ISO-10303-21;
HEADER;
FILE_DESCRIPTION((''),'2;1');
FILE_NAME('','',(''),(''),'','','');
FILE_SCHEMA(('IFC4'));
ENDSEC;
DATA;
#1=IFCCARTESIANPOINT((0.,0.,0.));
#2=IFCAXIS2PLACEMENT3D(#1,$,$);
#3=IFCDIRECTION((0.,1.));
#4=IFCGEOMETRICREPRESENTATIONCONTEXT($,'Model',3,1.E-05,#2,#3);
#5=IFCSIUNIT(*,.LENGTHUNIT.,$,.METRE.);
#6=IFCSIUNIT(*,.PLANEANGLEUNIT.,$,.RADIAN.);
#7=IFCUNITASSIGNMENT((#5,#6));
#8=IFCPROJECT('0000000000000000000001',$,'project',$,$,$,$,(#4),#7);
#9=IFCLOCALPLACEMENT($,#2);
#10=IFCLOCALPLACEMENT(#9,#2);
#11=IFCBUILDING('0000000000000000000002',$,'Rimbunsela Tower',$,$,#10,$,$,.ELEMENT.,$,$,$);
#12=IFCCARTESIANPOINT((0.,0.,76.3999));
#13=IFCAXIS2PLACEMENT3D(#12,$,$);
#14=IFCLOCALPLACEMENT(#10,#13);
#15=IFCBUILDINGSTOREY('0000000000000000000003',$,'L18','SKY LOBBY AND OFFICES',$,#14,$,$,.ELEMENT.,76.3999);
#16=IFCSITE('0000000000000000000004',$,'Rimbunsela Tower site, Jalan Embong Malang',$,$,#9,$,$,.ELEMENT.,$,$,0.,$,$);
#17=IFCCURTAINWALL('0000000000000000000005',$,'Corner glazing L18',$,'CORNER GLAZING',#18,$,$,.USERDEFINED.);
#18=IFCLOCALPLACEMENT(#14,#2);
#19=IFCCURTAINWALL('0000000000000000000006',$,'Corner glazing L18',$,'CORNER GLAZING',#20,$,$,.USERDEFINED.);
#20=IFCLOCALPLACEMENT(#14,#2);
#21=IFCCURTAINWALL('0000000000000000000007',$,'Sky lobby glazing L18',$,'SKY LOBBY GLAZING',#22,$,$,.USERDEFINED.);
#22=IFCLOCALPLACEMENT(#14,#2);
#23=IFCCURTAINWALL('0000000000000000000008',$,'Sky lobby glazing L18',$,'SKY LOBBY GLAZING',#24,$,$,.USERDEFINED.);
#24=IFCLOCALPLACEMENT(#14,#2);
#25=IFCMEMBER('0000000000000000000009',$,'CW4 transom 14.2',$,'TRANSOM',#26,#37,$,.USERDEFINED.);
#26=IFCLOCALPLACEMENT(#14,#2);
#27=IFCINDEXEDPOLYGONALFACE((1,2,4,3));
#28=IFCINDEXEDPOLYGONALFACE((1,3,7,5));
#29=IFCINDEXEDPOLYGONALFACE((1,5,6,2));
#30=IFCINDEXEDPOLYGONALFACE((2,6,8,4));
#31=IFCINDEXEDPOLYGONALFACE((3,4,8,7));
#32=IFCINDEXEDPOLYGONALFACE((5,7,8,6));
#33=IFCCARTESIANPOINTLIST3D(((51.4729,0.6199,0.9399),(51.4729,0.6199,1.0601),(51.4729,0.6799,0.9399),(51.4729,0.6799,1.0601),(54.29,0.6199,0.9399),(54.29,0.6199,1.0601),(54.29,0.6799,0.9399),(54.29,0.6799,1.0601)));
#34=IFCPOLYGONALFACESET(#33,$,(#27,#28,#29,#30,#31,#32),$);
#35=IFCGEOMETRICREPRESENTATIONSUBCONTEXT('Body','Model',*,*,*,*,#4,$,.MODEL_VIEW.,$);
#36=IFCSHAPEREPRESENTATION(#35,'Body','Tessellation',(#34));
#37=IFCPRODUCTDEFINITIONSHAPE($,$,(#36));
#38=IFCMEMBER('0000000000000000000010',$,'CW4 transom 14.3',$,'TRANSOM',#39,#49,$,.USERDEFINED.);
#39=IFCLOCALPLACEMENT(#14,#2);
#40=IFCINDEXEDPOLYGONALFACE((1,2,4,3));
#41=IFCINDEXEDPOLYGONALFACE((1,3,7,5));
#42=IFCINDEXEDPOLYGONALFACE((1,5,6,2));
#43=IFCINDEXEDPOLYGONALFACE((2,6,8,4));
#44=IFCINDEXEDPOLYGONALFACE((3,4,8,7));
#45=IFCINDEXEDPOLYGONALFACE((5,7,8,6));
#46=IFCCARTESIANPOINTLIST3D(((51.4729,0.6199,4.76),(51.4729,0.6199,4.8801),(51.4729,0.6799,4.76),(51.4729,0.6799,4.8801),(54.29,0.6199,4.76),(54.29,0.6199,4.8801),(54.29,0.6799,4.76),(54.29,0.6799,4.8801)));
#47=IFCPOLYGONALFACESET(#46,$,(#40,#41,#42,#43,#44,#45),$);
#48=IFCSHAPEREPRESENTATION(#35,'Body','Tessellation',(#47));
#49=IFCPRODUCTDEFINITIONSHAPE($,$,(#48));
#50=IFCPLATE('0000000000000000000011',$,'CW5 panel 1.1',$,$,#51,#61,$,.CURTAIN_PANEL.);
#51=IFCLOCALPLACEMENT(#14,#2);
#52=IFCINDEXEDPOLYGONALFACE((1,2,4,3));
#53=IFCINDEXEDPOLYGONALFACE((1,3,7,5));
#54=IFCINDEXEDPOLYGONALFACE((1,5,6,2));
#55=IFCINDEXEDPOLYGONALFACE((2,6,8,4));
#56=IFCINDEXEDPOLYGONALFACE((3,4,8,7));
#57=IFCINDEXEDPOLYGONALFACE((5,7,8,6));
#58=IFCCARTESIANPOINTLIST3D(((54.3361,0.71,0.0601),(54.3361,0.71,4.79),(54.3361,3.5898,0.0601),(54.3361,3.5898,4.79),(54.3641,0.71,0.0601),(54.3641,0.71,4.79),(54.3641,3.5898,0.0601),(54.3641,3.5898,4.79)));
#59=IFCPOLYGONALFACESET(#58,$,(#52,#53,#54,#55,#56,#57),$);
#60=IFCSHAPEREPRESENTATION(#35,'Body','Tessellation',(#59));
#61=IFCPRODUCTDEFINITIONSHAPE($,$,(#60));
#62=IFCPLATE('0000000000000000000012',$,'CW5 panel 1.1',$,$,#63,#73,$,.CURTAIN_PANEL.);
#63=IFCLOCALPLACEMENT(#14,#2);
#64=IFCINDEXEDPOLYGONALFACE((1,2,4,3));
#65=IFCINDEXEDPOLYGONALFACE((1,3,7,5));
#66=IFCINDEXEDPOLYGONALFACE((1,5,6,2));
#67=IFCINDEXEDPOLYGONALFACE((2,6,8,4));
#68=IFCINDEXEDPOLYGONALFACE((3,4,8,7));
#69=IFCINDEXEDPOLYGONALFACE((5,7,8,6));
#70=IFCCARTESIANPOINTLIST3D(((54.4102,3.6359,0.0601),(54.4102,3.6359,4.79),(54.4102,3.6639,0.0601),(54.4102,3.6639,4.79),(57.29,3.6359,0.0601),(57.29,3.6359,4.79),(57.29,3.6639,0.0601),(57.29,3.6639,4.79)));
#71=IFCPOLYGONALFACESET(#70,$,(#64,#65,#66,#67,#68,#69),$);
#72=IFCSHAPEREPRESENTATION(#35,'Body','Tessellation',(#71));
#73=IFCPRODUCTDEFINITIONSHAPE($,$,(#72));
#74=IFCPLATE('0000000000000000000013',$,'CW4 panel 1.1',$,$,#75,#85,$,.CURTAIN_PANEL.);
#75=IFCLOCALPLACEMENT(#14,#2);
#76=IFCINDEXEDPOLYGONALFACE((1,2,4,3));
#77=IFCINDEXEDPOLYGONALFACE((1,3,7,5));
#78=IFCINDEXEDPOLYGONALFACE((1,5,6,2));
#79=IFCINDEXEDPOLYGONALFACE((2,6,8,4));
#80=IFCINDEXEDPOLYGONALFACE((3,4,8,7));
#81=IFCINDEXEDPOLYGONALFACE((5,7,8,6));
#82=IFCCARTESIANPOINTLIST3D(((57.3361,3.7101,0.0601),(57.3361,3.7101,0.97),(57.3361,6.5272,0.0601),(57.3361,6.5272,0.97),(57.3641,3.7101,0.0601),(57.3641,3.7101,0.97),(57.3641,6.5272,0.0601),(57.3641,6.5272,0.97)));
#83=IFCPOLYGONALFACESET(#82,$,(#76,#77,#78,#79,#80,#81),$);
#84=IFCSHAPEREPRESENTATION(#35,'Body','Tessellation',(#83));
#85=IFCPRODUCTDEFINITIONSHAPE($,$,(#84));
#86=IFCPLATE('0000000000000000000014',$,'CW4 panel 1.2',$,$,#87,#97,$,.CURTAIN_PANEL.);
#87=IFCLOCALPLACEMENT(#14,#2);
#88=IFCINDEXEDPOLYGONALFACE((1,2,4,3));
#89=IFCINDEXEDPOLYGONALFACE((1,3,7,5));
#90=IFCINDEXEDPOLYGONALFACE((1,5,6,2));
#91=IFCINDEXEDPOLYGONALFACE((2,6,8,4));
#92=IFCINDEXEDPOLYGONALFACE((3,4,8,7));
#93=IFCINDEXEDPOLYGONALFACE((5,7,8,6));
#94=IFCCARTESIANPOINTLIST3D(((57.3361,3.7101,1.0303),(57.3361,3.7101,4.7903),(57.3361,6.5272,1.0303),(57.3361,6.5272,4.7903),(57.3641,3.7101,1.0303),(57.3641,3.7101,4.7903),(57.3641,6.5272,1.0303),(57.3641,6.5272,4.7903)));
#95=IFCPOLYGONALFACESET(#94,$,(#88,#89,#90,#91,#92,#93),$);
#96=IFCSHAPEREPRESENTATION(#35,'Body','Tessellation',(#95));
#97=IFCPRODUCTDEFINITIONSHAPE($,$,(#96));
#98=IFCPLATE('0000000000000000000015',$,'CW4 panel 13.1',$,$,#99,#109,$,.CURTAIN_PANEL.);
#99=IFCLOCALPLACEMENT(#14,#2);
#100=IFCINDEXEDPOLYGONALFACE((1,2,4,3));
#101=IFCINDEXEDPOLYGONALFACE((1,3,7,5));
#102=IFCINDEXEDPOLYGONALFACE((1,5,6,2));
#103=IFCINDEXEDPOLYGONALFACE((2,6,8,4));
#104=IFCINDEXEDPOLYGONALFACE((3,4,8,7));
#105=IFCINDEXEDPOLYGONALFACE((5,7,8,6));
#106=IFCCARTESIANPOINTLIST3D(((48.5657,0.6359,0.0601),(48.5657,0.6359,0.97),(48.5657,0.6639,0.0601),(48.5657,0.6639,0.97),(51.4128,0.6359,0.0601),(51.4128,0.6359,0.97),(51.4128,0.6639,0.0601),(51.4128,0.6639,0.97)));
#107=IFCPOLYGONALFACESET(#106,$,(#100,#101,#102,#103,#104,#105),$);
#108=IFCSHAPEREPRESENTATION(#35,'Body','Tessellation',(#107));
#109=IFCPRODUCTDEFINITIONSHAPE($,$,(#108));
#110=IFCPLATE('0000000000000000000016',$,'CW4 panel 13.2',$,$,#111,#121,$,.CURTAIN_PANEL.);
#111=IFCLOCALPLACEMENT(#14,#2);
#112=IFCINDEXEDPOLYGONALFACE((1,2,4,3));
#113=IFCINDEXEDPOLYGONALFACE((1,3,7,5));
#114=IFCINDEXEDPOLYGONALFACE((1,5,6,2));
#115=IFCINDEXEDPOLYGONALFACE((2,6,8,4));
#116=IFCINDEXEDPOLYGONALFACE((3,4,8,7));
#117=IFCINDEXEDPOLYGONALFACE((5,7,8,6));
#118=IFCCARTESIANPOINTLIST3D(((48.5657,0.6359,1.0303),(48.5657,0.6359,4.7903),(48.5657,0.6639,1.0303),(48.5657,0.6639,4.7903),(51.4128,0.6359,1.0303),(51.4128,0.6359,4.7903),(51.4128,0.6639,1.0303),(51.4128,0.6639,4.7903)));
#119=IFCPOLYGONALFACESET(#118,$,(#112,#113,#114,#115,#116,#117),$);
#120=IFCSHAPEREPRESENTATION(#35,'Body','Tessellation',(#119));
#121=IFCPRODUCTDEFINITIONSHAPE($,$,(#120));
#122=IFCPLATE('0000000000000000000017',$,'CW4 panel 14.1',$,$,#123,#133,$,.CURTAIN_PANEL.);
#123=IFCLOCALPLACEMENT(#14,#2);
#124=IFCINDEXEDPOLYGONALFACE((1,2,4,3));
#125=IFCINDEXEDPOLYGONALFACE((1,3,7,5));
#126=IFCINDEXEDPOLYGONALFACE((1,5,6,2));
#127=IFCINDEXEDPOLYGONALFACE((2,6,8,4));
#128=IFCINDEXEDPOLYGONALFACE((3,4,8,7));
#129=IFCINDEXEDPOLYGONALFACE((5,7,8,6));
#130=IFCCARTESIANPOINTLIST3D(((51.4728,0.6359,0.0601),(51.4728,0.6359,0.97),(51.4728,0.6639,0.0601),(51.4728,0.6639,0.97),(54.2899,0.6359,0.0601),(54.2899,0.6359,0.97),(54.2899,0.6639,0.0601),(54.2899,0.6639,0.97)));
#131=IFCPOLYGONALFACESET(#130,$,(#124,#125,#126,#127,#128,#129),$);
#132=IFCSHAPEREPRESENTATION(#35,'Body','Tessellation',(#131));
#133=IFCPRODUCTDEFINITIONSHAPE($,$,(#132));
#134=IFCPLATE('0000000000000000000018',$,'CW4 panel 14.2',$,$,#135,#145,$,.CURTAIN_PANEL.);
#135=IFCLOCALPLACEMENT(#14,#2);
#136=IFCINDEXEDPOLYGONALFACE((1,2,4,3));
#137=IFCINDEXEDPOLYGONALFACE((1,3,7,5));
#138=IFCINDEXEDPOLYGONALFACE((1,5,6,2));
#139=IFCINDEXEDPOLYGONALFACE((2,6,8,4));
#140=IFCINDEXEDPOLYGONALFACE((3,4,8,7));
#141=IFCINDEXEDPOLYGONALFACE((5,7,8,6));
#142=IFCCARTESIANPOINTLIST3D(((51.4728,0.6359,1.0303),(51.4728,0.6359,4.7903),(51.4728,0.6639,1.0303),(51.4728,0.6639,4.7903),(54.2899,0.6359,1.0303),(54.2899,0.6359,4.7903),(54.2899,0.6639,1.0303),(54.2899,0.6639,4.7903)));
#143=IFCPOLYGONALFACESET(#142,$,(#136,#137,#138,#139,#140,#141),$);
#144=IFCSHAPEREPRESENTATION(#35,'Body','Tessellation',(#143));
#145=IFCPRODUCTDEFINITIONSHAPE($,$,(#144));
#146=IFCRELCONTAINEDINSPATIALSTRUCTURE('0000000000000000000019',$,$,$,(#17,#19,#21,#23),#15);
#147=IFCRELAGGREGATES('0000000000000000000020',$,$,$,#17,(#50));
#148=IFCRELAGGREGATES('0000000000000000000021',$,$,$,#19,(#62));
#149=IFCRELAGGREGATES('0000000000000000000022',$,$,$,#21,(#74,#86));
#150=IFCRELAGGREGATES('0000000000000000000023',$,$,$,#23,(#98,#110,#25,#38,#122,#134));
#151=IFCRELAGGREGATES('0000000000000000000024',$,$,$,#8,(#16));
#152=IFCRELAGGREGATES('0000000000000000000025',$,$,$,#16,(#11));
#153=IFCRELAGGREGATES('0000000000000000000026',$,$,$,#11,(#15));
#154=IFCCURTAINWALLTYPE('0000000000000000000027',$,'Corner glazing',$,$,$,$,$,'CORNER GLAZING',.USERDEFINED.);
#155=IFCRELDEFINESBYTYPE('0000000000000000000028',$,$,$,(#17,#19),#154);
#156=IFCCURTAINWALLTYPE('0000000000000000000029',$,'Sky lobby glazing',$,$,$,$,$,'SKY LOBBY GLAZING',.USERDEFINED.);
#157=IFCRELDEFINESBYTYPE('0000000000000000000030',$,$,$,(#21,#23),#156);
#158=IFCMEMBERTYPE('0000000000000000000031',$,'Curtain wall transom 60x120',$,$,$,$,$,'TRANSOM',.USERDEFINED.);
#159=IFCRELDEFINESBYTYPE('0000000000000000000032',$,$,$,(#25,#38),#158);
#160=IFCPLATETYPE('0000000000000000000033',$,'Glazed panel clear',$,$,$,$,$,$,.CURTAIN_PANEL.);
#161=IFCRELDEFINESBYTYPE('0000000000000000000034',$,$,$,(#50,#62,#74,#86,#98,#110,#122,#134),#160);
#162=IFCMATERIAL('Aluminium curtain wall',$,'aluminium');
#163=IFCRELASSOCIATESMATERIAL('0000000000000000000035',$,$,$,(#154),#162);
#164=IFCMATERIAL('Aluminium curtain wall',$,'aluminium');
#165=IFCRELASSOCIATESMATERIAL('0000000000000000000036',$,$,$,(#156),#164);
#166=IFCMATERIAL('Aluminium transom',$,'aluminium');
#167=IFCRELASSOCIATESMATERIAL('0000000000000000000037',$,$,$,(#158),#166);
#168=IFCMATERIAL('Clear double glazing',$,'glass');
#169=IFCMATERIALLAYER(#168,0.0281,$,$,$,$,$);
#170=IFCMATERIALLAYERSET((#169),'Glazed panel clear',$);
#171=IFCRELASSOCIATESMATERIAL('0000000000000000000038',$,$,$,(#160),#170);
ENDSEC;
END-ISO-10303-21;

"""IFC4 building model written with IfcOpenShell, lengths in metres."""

from ifc_helpers import new_model, si_unit, direction, frame, origin, origin_2d, place, context, subcontext, project, spatial, rectangle, extrude, material, layer, layer_set, material_profile, profile_set, type_object, element, aggregate, save


model = new_model("IFC4")

# Units and contexts
model_context = context("Model", 3, precision=1e-05, world=origin(), true_north=direction((0.0, 1.0)))
body_context = subcontext(model_context, "Body", "Model", "MODEL_VIEW")
ifc_project = project(units=[si_unit("LENGTHUNIT", "METRE"), si_unit("PLANEANGLEUNIT", "RADIAN")], contexts=[model_context])

# Site, building, storey
site_placement = place(None, origin())
site = spatial("IfcSite", under=ifc_project, at=site_placement, Name="Rimbunsela Tower site, Jalan Embong Malang", CompositionType="ELEMENT", RefElevation=0.0)
building_placement = place(site_placement, origin())
building = spatial("IfcBuilding", under=site, at=building_placement, Name="Rimbunsela Tower", CompositionType="ELEMENT")
storey_placement = place(building_placement, frame((0.0, 0.0, 76.3999)))
storey = spatial("IfcBuildingStorey", under=building, at=storey_placement, Name="L18", Description="SKY LOBBY AND OFFICES", CompositionType="ELEMENT", Elevation=76.3999)

# Curtain walls
ifc_material_1 = material(Name="Aluminium curtain wall", Category="aluminium")
curtain_wall_type_1 = type_object("IfcCurtainWallType", Name="Corner glazing", ElementType="CORNER GLAZING", PredefinedType="USERDEFINED", material=ifc_material_1)
curtain_wall_1_placement = place(storey_placement, origin())
curtain_wall_1 = element("IfcCurtainWall", 1, at=curtain_wall_1_placement, inside=storey, type_object=curtain_wall_type_1, Name="Corner glazing L18", ObjectType="CORNER GLAZING", PredefinedType="USERDEFINED")
curtain_wall_2_placement = place(storey_placement, origin())
curtain_wall_2 = element("IfcCurtainWall", 2, at=curtain_wall_2_placement, inside=storey, type_object=curtain_wall_type_1, Name="Corner glazing L18", ObjectType="CORNER GLAZING", PredefinedType="USERDEFINED")
ifc_material_2 = material(Name="Aluminium curtain wall", Category="aluminium")
curtain_wall_type_2 = type_object("IfcCurtainWallType", Name="Sky lobby glazing", ElementType="SKY LOBBY GLAZING", PredefinedType="USERDEFINED", material=ifc_material_2)
curtain_wall_3_placement = place(storey_placement, origin())
curtain_wall_3 = element("IfcCurtainWall", 3, at=curtain_wall_3_placement, inside=storey, type_object=curtain_wall_type_2, Name="Sky lobby glazing L18", ObjectType="SKY LOBBY GLAZING", PredefinedType="USERDEFINED")
curtain_wall_4_placement = place(storey_placement, origin())
curtain_wall_4 = element("IfcCurtainWall", 4, at=curtain_wall_4_placement, inside=storey, type_object=curtain_wall_type_2, Name="Sky lobby glazing L18", ObjectType="SKY LOBBY GLAZING", PredefinedType="USERDEFINED")

# Members
ifc_material_3 = material(Name="Aluminium transom", Category="aluminium")
ifc_material_profile_1 = material_profile(ifc_material_3, rectangle(XDim=0.0601, YDim=0.1201, at=origin_2d()), Name="Transom 60x120")
ifc_profile_set_1 = profile_set([ifc_material_profile_1], Name="Aluminium transom")
member_type_1 = type_object("IfcMemberType", Name="Curtain wall transom 60x120", ElementType="TRANSOM", PredefinedType="USERDEFINED", material=ifc_profile_set_1)
member_1_placement = place(storey_placement, frame((51.4729, 0.6499, 1.0), z_axis=(1.0, 0.0, 0.0), x_axis=(0.0, 1.0, 0.0)))
member_1 = element("IfcMember", 5, at=member_1_placement, type_object=member_type_1, Name="CW4 transom 14.2", ObjectType="TRANSOM", PredefinedType="USERDEFINED", context=body_context, shape_type="SweptSolid", body=[
    extrude(rectangle(XDim=0.0601, YDim=0.1201, at=origin_2d()), origin(), (0.0, 0.0, 1.0), 2.8171),
])
member_2_placement = place(storey_placement, frame((51.4729, 0.6499, 4.8201), z_axis=(1.0, 0.0, 0.0), x_axis=(0.0, 1.0, 0.0)))
member_2 = element("IfcMember", 6, at=member_2_placement, type_object=member_type_1, Name="CW4 transom 14.3", ObjectType="TRANSOM", PredefinedType="USERDEFINED", context=body_context, shape_type="SweptSolid", body=[
    extrude(rectangle(XDim=0.0601, YDim=0.1201, at=origin_2d()), origin(), (0.0, 0.0, 1.0), 2.8171),
])

# Plates
ifc_material_4 = material(Name="Clear double glazing", Category="glass")
ifc_layer = layer(ifc_material_4, 0.0281)
ifc_layer_set = layer_set([ifc_layer], Name="Glazed panel clear")
plate_type = type_object("IfcPlateType", Name="Glazed panel clear", PredefinedType="CURTAIN_PANEL", material=ifc_layer_set)
plate_1_placement = place(storey_placement, frame((54.3501, 2.1499, 0.0601), z_axis=(0.0, 0.0, 1.0), x_axis=(0.0, 1.0, 0.0)))
plate_1 = element("IfcPlate", 7, at=plate_1_placement, type_object=plate_type, Name="CW5 panel 1.1", PredefinedType="CURTAIN_PANEL", context=body_context, shape_type="SweptSolid", body=[
    extrude(rectangle(XDim=2.8799, YDim=0.0281, at=origin_2d()), origin(), (0.0, 0.0, 1.0), 4.73),
])
aggregate(curtain_wall_1, [plate_1])
plate_2_placement = place(storey_placement, frame((55.8501, 3.6499, 0.0601), z_axis=(0.0, 0.0, 1.0), x_axis=(1.0, 0.0, 0.0)))
plate_2 = element("IfcPlate", 8, at=plate_2_placement, type_object=plate_type, Name="CW5 panel 1.1", PredefinedType="CURTAIN_PANEL", context=body_context, shape_type="SweptSolid", body=[
    extrude(rectangle(XDim=2.8799, YDim=0.0281, at=origin_2d()), origin(), (0.0, 0.0, 1.0), 4.73),
])
aggregate(curtain_wall_2, [plate_2])
plate_3_placement = place(storey_placement, frame((57.3501, 5.1187, 0.0601), z_axis=(0.0, 0.0, 1.0), x_axis=(0.0, 1.0, 0.0)))
plate_3 = element("IfcPlate", 9, at=plate_3_placement, type_object=plate_type, Name="CW4 panel 1.1", PredefinedType="CURTAIN_PANEL", context=body_context, shape_type="SweptSolid", body=[
    extrude(rectangle(XDim=2.8171, YDim=0.0281, at=origin_2d()), origin(), (0.0, 0.0, 1.0), 0.9099),
])
plate_4_placement = place(storey_placement, frame((57.3501, 5.1187, 1.0303), z_axis=(0.0, 0.0, 1.0), x_axis=(0.0, 1.0, 0.0)))
plate_4 = element("IfcPlate", 10, at=plate_4_placement, type_object=plate_type, Name="CW4 panel 1.2", PredefinedType="CURTAIN_PANEL", context=body_context, shape_type="SweptSolid", body=[
    extrude(rectangle(XDim=2.8171, YDim=0.0281, at=origin_2d()), origin(), (0.0, 0.0, 1.0), 3.76),
])
aggregate(curtain_wall_3, [plate_3, plate_4])
plate_5_placement = place(storey_placement, frame((49.9893, 0.6499, 0.0601), z_axis=(0.0, 0.0, 1.0), x_axis=(1.0, 0.0, 0.0)))
plate_5 = element("IfcPlate", 11, at=plate_5_placement, type_object=plate_type, Name="CW4 panel 13.1", PredefinedType="CURTAIN_PANEL", context=body_context, shape_type="SweptSolid", body=[
    extrude(rectangle(XDim=2.8472, YDim=0.0281, at=origin_2d()), origin(), (0.0, 0.0, 1.0), 0.9099),
])
plate_6_placement = place(storey_placement, frame((49.9893, 0.6499, 1.0303), z_axis=(0.0, 0.0, 1.0), x_axis=(1.0, 0.0, 0.0)))
plate_6 = element("IfcPlate", 12, at=plate_6_placement, type_object=plate_type, Name="CW4 panel 13.2", PredefinedType="CURTAIN_PANEL", context=body_context, shape_type="SweptSolid", body=[
    extrude(rectangle(XDim=2.8472, YDim=0.0281, at=origin_2d()), origin(), (0.0, 0.0, 1.0), 3.76),
])
plate_7_placement = place(storey_placement, frame((52.8813, 0.6499, 0.0601), z_axis=(0.0, 0.0, 1.0), x_axis=(1.0, 0.0, 0.0)))
plate_7 = element("IfcPlate", 13, at=plate_7_placement, type_object=plate_type, Name="CW4 panel 14.1", PredefinedType="CURTAIN_PANEL", context=body_context, shape_type="SweptSolid", body=[
    extrude(rectangle(XDim=2.8171, YDim=0.0281, at=origin_2d()), origin(), (0.0, 0.0, 1.0), 0.9099),
])
plate_8_placement = place(storey_placement, frame((52.8813, 0.6499, 1.0303), z_axis=(0.0, 0.0, 1.0), x_axis=(1.0, 0.0, 0.0)))
plate_8 = element("IfcPlate", 14, at=plate_8_placement, type_object=plate_type, Name="CW4 panel 14.2", PredefinedType="CURTAIN_PANEL", context=body_context, shape_type="SweptSolid", body=[
    extrude(rectangle(XDim=2.8171, YDim=0.0281, at=origin_2d()), origin(), (0.0, 0.0, 1.0), 3.76),
])
aggregate(curtain_wall_4, [plate_5, plate_6, member_1, member_2, plate_7, plate_8])

save(model, "model.ifc")
